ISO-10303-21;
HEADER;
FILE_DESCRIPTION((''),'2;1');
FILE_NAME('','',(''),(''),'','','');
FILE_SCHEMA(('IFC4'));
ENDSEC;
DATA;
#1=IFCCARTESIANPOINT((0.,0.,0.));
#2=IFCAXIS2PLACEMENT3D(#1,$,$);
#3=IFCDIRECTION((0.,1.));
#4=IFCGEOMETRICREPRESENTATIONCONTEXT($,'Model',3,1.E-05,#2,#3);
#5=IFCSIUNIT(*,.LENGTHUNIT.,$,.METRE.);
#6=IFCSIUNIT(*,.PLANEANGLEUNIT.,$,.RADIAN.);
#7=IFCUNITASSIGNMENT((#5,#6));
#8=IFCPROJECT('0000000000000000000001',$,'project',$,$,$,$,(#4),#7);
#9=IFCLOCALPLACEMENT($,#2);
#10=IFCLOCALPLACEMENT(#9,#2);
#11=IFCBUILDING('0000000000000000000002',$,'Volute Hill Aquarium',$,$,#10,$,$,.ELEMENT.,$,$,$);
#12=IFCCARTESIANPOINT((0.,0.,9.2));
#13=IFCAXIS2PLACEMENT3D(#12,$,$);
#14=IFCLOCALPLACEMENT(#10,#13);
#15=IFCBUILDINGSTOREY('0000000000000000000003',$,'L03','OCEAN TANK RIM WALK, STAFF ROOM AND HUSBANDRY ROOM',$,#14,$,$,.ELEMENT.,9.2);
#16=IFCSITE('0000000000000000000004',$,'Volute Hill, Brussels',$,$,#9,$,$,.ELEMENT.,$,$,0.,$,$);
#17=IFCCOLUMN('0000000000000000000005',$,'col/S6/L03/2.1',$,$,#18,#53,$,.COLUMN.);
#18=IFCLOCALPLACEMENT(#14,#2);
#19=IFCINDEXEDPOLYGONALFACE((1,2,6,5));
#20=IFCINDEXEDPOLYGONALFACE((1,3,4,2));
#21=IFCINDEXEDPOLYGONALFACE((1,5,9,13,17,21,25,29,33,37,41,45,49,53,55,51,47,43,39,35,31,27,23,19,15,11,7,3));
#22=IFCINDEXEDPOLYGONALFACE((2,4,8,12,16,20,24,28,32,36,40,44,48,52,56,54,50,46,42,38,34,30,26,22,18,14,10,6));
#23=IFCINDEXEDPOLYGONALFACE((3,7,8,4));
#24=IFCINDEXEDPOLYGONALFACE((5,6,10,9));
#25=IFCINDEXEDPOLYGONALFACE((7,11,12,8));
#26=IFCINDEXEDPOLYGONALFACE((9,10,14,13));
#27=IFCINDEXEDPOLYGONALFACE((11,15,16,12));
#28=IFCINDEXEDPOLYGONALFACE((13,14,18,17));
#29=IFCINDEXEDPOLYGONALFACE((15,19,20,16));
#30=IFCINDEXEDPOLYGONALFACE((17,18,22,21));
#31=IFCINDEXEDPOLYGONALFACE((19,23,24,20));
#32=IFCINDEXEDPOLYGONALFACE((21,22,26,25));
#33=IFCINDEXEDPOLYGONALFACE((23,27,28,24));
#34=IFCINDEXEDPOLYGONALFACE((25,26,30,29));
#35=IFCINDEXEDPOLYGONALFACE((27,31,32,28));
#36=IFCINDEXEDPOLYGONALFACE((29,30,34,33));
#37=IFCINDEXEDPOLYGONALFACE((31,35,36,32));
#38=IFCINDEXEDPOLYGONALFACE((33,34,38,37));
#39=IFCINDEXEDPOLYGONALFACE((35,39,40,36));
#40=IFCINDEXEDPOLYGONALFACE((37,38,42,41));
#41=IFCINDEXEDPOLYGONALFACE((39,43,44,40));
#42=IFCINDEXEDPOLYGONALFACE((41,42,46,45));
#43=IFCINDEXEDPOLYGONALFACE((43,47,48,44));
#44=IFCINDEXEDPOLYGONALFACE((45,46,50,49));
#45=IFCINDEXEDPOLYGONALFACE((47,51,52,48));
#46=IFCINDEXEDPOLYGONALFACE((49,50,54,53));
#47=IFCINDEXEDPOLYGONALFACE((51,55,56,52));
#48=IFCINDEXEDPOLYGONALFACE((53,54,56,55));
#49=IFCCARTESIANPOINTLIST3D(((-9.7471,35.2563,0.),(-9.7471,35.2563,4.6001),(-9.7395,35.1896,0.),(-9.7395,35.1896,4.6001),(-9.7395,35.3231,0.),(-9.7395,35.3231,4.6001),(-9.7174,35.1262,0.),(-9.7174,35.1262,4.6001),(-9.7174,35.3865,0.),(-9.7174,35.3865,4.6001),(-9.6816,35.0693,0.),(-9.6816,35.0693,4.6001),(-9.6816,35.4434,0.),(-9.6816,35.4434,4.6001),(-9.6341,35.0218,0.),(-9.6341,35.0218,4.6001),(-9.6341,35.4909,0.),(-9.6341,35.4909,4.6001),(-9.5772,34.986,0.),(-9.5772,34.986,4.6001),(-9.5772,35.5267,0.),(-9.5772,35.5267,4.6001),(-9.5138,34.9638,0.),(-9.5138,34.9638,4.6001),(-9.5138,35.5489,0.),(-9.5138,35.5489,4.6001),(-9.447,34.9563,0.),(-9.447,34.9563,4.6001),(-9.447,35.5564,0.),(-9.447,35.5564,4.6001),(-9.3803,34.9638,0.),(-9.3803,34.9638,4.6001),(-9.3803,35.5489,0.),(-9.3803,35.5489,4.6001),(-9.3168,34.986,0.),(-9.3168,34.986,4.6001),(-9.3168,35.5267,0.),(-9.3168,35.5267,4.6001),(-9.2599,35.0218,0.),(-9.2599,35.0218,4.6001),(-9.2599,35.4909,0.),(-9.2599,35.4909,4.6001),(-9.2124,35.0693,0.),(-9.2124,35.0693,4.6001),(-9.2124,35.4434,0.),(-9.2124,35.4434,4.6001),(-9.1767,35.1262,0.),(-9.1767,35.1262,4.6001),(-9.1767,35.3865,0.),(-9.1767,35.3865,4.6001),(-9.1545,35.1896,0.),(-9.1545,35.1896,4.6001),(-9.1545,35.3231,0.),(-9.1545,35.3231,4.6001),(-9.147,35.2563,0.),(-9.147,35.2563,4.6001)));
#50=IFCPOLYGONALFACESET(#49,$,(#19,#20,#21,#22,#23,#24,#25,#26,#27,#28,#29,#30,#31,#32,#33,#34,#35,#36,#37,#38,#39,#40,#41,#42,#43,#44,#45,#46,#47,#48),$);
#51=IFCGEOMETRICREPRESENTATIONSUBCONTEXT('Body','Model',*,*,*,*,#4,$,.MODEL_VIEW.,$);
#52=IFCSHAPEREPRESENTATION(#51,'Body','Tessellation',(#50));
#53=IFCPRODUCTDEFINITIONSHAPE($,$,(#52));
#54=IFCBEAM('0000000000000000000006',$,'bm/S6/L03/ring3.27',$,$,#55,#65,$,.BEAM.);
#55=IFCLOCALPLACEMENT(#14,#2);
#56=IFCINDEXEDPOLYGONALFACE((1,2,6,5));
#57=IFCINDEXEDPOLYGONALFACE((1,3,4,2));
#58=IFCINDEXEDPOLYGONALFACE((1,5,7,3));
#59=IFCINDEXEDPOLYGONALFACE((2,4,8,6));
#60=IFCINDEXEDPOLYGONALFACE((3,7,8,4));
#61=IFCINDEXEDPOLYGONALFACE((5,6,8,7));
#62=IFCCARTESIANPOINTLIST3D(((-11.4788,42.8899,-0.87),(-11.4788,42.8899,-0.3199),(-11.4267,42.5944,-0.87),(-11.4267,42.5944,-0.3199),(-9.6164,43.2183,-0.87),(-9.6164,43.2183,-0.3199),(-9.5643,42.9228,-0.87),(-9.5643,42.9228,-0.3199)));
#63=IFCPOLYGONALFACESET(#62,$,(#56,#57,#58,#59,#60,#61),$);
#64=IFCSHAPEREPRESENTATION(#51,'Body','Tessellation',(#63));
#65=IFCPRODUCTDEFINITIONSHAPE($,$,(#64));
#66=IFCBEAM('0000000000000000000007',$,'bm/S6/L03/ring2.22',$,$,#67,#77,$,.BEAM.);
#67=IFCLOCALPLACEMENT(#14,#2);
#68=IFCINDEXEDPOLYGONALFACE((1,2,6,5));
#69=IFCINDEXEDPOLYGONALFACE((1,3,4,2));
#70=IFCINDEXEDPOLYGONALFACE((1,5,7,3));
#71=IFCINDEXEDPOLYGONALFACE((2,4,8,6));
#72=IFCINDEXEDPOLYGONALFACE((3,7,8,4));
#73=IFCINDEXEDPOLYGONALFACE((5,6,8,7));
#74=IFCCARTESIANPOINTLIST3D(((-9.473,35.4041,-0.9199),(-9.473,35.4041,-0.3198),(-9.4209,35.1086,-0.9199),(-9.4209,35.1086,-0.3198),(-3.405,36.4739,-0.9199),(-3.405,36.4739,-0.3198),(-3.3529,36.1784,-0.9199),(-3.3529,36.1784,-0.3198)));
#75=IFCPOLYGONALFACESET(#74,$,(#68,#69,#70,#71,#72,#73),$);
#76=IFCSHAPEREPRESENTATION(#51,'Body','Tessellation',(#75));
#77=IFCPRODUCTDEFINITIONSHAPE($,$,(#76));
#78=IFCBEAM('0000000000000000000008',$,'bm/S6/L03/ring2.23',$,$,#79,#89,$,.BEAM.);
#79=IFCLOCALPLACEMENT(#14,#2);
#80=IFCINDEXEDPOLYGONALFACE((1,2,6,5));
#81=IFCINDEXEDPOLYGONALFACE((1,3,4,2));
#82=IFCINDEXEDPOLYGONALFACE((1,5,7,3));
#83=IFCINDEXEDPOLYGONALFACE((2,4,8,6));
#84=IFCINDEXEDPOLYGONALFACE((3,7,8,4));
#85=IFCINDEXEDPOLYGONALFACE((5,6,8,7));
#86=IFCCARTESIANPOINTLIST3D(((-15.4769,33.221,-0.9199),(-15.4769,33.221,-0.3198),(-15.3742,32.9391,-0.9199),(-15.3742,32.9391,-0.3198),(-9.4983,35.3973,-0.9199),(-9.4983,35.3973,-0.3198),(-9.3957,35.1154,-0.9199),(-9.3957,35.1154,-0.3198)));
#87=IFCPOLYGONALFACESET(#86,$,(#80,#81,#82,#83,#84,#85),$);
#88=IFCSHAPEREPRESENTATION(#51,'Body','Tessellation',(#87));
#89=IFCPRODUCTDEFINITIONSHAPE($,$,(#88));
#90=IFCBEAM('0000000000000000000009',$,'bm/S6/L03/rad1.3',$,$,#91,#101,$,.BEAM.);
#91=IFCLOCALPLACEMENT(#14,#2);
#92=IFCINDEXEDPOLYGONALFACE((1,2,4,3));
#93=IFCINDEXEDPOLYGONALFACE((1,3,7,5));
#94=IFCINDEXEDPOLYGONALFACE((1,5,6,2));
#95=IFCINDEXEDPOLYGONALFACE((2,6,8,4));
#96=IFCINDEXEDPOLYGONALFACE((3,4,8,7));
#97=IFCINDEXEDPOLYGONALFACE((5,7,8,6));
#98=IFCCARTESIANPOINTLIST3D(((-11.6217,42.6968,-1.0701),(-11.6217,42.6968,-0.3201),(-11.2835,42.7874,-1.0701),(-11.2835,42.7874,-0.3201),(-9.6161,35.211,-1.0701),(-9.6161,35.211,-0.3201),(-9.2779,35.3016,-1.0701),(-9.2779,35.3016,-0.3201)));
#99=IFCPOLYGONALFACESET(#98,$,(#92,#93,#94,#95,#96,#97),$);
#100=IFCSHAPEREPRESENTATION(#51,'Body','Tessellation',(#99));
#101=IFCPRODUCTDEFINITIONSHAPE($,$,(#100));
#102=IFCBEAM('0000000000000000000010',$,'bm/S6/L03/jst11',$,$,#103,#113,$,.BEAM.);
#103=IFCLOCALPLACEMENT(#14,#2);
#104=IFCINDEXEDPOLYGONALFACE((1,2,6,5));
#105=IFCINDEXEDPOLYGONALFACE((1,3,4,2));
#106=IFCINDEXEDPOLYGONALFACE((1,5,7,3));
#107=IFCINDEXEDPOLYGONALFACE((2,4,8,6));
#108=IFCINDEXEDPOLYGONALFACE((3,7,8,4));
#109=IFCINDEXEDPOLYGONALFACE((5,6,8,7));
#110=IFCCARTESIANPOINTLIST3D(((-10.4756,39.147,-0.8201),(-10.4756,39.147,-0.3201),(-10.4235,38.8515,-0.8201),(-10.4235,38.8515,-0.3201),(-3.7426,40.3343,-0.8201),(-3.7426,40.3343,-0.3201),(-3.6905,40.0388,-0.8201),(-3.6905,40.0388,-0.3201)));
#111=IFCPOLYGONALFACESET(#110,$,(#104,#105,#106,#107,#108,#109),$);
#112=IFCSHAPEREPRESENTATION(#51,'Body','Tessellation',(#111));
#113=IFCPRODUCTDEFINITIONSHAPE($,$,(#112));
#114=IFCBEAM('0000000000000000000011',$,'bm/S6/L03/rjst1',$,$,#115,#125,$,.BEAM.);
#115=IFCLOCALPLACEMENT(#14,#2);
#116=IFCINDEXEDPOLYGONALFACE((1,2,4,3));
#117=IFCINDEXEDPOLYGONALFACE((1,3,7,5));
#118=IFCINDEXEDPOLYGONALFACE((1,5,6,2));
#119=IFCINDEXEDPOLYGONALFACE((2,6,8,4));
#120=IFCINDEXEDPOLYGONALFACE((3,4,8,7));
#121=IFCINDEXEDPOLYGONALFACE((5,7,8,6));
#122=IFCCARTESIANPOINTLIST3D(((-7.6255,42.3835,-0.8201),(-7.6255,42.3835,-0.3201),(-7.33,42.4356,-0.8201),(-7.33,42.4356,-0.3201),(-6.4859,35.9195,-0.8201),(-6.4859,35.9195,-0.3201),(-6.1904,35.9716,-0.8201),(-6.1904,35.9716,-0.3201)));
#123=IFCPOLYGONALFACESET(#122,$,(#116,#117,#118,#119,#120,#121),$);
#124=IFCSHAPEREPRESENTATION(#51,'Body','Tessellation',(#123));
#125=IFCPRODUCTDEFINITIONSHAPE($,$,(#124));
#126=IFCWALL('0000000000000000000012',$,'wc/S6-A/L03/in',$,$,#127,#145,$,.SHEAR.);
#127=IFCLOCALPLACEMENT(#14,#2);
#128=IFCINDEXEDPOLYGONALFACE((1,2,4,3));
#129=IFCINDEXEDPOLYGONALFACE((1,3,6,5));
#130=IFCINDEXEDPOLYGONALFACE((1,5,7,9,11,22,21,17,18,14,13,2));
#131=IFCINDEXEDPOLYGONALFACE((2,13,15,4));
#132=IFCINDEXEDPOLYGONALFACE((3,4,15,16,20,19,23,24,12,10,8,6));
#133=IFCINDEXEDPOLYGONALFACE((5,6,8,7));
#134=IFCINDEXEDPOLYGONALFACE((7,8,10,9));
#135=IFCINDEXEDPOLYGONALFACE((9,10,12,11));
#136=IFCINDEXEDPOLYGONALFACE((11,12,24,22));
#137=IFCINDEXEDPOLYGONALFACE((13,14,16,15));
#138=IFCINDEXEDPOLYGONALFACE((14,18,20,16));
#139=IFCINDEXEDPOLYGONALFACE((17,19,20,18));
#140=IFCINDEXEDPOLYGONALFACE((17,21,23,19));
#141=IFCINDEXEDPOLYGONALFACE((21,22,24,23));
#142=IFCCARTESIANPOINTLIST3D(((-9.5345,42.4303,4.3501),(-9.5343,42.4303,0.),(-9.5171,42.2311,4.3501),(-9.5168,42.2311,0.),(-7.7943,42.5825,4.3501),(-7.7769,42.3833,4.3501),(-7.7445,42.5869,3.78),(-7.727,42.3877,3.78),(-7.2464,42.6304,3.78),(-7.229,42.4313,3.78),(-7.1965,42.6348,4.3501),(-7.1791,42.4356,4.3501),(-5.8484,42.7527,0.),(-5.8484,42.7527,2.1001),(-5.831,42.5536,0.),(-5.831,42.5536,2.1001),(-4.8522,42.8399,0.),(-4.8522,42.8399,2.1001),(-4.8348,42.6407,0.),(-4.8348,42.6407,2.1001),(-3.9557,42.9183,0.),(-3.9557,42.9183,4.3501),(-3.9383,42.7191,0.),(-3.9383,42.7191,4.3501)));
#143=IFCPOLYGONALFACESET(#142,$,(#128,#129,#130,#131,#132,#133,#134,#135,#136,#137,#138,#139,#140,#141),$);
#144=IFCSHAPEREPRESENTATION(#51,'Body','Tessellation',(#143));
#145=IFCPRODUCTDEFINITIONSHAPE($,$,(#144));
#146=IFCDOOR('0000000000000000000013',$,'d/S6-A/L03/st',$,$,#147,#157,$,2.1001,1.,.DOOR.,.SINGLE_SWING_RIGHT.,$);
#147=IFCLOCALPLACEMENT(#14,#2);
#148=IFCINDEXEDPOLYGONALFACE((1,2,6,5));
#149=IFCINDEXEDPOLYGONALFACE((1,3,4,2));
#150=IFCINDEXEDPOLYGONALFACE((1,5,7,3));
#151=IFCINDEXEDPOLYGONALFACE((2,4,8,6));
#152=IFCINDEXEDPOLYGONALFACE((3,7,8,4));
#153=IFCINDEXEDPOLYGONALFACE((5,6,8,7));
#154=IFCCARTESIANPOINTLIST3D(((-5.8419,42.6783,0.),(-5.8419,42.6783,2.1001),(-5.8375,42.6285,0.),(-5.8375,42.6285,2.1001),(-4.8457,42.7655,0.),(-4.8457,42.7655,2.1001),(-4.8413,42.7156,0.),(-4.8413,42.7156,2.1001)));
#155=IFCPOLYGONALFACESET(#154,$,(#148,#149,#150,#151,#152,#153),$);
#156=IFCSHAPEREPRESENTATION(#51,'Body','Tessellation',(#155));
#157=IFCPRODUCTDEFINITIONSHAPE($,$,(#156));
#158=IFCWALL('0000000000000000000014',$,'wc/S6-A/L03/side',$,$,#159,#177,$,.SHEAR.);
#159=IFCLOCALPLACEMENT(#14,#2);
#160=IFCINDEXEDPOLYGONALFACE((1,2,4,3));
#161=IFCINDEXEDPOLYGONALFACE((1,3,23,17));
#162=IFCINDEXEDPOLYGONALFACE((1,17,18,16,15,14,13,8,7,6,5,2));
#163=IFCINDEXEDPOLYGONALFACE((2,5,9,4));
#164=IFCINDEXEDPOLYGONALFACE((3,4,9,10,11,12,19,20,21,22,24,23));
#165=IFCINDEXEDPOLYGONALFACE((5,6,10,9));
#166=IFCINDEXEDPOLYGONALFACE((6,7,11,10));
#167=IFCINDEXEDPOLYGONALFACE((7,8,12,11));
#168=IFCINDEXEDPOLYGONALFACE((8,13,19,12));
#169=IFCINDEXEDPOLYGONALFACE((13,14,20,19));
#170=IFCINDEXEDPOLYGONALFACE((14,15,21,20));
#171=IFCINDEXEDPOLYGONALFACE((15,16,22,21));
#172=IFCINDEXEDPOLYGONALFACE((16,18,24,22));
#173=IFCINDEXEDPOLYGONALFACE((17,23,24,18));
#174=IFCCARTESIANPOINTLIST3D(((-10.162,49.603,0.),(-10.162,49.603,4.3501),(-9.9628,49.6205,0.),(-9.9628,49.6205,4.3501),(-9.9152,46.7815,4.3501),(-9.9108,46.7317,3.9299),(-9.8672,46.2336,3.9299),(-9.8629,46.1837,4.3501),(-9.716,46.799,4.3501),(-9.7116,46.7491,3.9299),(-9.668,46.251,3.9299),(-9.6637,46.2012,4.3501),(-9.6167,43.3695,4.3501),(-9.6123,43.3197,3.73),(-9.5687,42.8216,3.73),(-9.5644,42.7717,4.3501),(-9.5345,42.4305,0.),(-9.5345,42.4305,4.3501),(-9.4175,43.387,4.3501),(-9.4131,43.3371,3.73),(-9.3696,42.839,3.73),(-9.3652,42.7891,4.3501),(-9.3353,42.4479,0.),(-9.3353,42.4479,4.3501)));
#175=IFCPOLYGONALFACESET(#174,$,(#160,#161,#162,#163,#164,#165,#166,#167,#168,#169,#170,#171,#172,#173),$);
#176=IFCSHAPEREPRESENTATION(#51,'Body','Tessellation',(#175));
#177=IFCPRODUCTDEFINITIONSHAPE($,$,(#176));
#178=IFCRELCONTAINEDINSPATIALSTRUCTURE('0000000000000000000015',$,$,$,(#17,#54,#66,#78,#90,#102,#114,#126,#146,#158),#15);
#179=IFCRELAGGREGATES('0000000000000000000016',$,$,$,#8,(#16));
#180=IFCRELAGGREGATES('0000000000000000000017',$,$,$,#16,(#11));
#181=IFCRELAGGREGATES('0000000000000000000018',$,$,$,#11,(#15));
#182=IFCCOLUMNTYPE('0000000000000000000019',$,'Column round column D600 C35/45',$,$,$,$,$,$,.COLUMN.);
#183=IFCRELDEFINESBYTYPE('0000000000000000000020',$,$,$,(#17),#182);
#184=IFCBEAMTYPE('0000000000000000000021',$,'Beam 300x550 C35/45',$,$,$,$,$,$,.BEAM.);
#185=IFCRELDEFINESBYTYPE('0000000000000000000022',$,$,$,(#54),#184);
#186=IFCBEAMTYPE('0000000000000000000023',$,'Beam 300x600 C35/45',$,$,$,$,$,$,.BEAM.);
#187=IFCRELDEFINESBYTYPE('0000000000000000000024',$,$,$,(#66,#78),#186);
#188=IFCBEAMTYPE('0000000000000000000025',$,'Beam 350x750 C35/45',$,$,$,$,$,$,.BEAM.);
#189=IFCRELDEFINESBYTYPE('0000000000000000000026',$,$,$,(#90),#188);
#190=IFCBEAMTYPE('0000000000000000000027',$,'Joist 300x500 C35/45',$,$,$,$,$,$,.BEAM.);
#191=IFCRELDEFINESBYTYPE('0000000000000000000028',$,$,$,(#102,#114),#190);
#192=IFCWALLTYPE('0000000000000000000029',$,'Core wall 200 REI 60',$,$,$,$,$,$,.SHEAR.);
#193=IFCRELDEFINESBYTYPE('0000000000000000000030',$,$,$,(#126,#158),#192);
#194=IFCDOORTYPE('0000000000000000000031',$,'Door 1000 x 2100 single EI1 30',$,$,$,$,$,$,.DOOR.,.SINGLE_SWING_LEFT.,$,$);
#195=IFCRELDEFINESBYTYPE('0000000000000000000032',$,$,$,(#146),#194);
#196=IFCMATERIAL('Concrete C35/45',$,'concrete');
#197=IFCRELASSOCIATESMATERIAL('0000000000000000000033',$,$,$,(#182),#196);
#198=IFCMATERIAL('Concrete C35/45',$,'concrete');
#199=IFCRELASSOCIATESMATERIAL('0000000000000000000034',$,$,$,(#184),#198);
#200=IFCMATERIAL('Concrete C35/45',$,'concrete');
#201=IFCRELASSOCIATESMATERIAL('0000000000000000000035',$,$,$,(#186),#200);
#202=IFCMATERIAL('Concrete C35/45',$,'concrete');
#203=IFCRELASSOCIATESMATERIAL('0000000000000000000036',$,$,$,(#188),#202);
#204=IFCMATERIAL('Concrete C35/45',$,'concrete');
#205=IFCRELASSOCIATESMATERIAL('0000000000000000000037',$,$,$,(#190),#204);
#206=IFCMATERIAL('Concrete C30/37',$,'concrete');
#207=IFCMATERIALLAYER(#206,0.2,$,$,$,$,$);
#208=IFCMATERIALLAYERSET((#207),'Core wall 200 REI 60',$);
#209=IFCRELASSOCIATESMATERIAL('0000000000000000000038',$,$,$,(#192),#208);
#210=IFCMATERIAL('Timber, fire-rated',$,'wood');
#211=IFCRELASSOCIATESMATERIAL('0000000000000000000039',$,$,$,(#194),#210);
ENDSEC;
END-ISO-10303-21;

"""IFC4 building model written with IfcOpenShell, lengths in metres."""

from ifc_helpers import new_model, si_unit, direction, frame, frame_2d, origin, origin_2d, place, context, subcontext, project, spatial, polyline, rectangle, circle, outline, extrude, material, layer, layer_set, material_profile, profile_set, type_object, element, fill, save


model = new_model("IFC4")

# Units and contexts
model_context = context("Model", 3, precision=1e-05, world=origin(), true_north=direction((0.0, 1.0)))
body_context = subcontext(model_context, "Body", "Model", "MODEL_VIEW")
ifc_project = project(units=[si_unit("LENGTHUNIT", "METRE"), si_unit("PLANEANGLEUNIT", "RADIAN")], contexts=[model_context])

# Site, building, storey
site_placement = place(None, origin())
site = spatial("IfcSite", under=ifc_project, at=site_placement, Name="Volute Hill, Brussels", CompositionType="ELEMENT", RefElevation=0.0)
building_placement = place(site_placement, origin())
building = spatial("IfcBuilding", under=site, at=building_placement, Name="Volute Hill Aquarium", CompositionType="ELEMENT")
storey_placement = place(building_placement, frame((0.0, 0.0, 9.2)))
storey = spatial("IfcBuildingStorey", under=building, at=storey_placement, Name="L03", Description="OCEAN TANK RIM WALK, STAFF ROOM AND HUSBANDRY ROOM", CompositionType="ELEMENT", Elevation=9.2)

# Column
ifc_material_1 = material(Name="Concrete C35/45", Category="concrete")
ifc_material_profile_1 = material_profile(ifc_material_1, circle(Radius=0.3, at=origin_2d()), Name="RC round column D600")
ifc_profile_set_1 = profile_set([ifc_material_profile_1], Name="Concrete C35/45")
column_type = type_object("IfcColumnType", Name="Column round column D600 C35/45", PredefinedType="COLUMN", material=ifc_profile_set_1)
column_placement = place(storey_placement, frame((-9.447, 35.2563, 0.0), z_axis=(0.0, 0.0, 1.0), x_axis=(1.0, 0.0, 0.0)))
element("IfcColumn", 1, at=column_placement, inside=storey, type_object=column_type, Name="col/S6/L03/2.1", PredefinedType="COLUMN", context=body_context, shape_type="SweptSolid", body=[
    extrude(circle(Radius=0.3, at=origin_2d()), origin(), (0.0, 0.0, 1.0), 4.6001),
])

# Beams
ifc_material_2 = material(Name="Concrete C35/45", Category="concrete")
ifc_material_profile_2 = material_profile(ifc_material_2, rectangle(XDim=0.3, YDim=0.55, at=origin_2d()), Name="RC beam 300x550")
ifc_profile_set_2 = profile_set([ifc_material_profile_2], Name="Concrete C35/45")
beam_type_1 = type_object("IfcBeamType", Name="Beam 300x550 C35/45", PredefinedType="BEAM", material=ifc_profile_set_2)
beam_1_placement = place(storey_placement, frame((-9.5903, 43.0706, -0.595), z_axis=(-0.984808, -0.173645, 0.0), x_axis=(0.173645, -0.984808, 0.0)))
element("IfcBeam", 2, at=beam_1_placement, inside=storey, type_object=beam_type_1, Name="bm/S6/L03/ring3.27", PredefinedType="BEAM", context=body_context, shape_type="SweptSolid", body=[
    extrude(rectangle(XDim=0.3, YDim=0.55, at=origin_2d()), origin(), (0.0, 0.0, 1.0), 1.8911),
])
ifc_material_3 = material(Name="Concrete C35/45", Category="concrete")
ifc_material_profile_3 = material_profile(ifc_material_3, rectangle(XDim=0.3, YDim=0.6001, at=origin_2d()), Name="RC beam 300x600")
ifc_profile_set_3 = profile_set([ifc_material_profile_3], Name="Concrete C35/45")
beam_type_2 = type_object("IfcBeamType", Name="Beam 300x600 C35/45", PredefinedType="BEAM", material=ifc_profile_set_3)
beam_2_placement = place(storey_placement, frame((-3.3789, 36.3262, -0.6199), z_axis=(-0.984812, -0.173625, 0.0), x_axis=(0.173625, -0.984812, 0.0)))
element("IfcBeam", 3, at=beam_2_placement, inside=storey, type_object=beam_type_2, Name="bm/S6/L03/ring2.22", PredefinedType="BEAM", context=body_context, shape_type="SweptSolid", body=[
    extrude(rectangle(XDim=0.3, YDim=0.6001, at=origin_2d()), origin(), (0.0, 0.0, 1.0), 6.1616),
])
beam_3_placement = place(storey_placement, frame((-9.447, 35.2563, -0.6199), z_axis=(-0.939679, -0.342057, 0.0), x_axis=(0.342057, -0.939679, 0.0)))
element("IfcBeam", 4, at=beam_3_placement, inside=storey, type_object=beam_type_2, Name="bm/S6/L03/ring2.23", PredefinedType="BEAM", context=body_context, shape_type="SweptSolid", body=[
    extrude(rectangle(XDim=0.3, YDim=0.6001, at=origin_2d()), origin(), (0.0, 0.0, 1.0), 6.3623),
])
ifc_material_4 = material(Name="Concrete C35/45", Category="concrete")
ifc_material_profile_4 = material_profile(ifc_material_4, rectangle(XDim=0.3501, YDim=0.75, at=origin_2d()), Name="RC beam 350x750")
ifc_profile_set_4 = profile_set([ifc_material_profile_4], Name="Concrete C35/45")
beam_type_3 = type_object("IfcBeamType", Name="Beam 350x750 C35/45", PredefinedType="BEAM", material=ifc_profile_set_4)
beam_4_placement = place(storey_placement, frame((-9.447, 35.2563, -0.6951), z_axis=(-0.258794, 0.965933, 0.0), x_axis=(-0.965933, -0.258794, 0.0)))
element("IfcBeam", 5, at=beam_4_placement, inside=storey, type_object=beam_type_3, Name="bm/S6/L03/rad1.3", PredefinedType="BEAM", context=body_context, shape_type="SweptSolid", body=[
    extrude(rectangle(XDim=0.3501, YDim=0.75, at=origin_2d()), origin(), (0.0, 0.0, 1.0), 7.7498),
])
ifc_material_5 = material(Name="Concrete C35/45", Category="concrete")
ifc_material_profile_5 = material_profile(ifc_material_5, rectangle(XDim=0.3, YDim=0.5, at=origin_2d()), Name="RC joist 300x500")
ifc_profile_set_5 = profile_set([ifc_material_profile_5], Name="Concrete C35/45")
beam_type_4 = type_object("IfcBeamType", Name="Joist 300x500 C35/45", PredefinedType="BEAM", material=ifc_profile_set_5)
beam_5_placement = place(storey_placement, frame((-3.7166, 40.1865, -0.5701), z_axis=(-0.984807, -0.173651, 0.0), x_axis=(0.173651, -0.984807, 0.0)))
element("IfcBeam", 6, at=beam_5_placement, inside=storey, type_object=beam_type_4, Name="bm/S6/L03/jst11", PredefinedType="BEAM", context=body_context, shape_type="SweptSolid", body=[
    extrude(rectangle(XDim=0.3, YDim=0.5, at=origin_2d()), origin(), (0.0, 0.0, 1.0), 6.8369),
])
beam_6_placement = place(storey_placement, frame((-6.3381, 35.9456, -0.5701), z_axis=(-0.173626, 0.984812, 0.0), x_axis=(-0.984812, -0.173626, 0.0)))
element("IfcBeam", 7, at=beam_6_placement, inside=storey, type_object=beam_type_4, Name="bm/S6/L03/rjst1", PredefinedType="BEAM", context=body_context, shape_type="SweptSolid", body=[
    extrude(rectangle(XDim=0.3, YDim=0.5, at=origin_2d()), origin(), (0.0, 0.0, 1.0), 6.5637),
])

# Wall, opening, door
ifc_material_6 = material(Name="Concrete C30/37", Category="concrete")
ifc_layer_1 = layer(ifc_material_6, 0.2)
ifc_layer_set_1 = layer_set([ifc_layer_1], Name="Core wall 200 REI 60")
wall_type_1 = type_object("IfcWallType", Name="Core wall 200 REI 60", PredefinedType="SHEAR", material=ifc_layer_set_1)
wall_1_placement = place(storey_placement, frame((-3.947, 42.8188, 0.0), z_axis=(0.0, 0.0, 1.0), x_axis=(-0.996195, -0.087151, 0.0)))
wall_1 = element("IfcWall", 8, at=wall_1_placement, inside=storey, type_object=wall_type_1, Name="wc/S6-A/L03/in", PredefinedType="SHEAR", context=body_context, shape_type="SweptSolid", body=[
    extrude(outline(polyline([(0.0, 0.0), (5.5999, 0.0), (5.6001, 4.3501), (3.8533, 4.3501), (3.8032, 3.78), (3.3032, 3.78), (3.2532, 4.3501), (0.0, 4.3501), (0.0, 0.0)])), frame((0.0, 0.1001, 0.0), z_axis=(0.0, -1.0, 0.0), x_axis=(1.0, 0.0, 0.0)), (0.0, 0.0, 1.0), 0.2),
])
opening_1_placement = place(wall_1_placement, frame((0.8999, 0.0, 0.0)))
opening_1 = element("IfcOpeningElement", 9, at=opening_1_placement, cuts=wall_1, PredefinedType="OPENING", context=body_context, shape_type="SweptSolid", body=[
    extrude(rectangle(XDim=1.0, YDim=2.1001, at=frame_2d((0.5, 1.05))), frame((0.0, 0.1099, 0.0), z_axis=(0.0, -1.0, 0.0), x_axis=(1.0, 0.0, 0.0)), (0.0, 0.0, 1.0), 0.22),
])
ifc_material_7 = material(Name="Timber, fire-rated", Category="wood")
door_type = type_object("IfcDoorType", Name="Door 1000 x 2100 single EI1 30", OperationType="SINGLE_SWING_LEFT", PredefinedType="DOOR", material=ifc_material_7)
door_1_placement = place(opening_1_placement, origin())
door_1 = element("IfcDoor", 10, at=door_1_placement, inside=storey, type_object=door_type, Name="d/S6-A/L03/st", OperationType="SINGLE_SWING_RIGHT", OverallHeight=2.1001, OverallWidth=1.0, PredefinedType="DOOR", context=body_context, shape_type="SweptSolid", body=[
    extrude(rectangle(XDim=1.0, YDim=2.1001, at=frame_2d((0.5, 1.05))), frame((0.0, 0.0249, 0.0), z_axis=(0.0, -1.0, 0.0), x_axis=(1.0, 0.0, 0.0)), (0.0, 0.0, 1.0), 0.05),
])
fill(opening_1, door_1)

# Wall
wall_2_placement = place(storey_placement, frame((-9.4348, 42.4392, 0.0), z_axis=(0.0, 0.0, 1.0), x_axis=(-0.087145, 0.996196, 0.0)))
element("IfcWall", 11, at=wall_2_placement, inside=storey, type_object=wall_type_1, Name="wc/S6-A/L03/side", PredefinedType="SHEAR", context=body_context, shape_type="SweptSolid", body=[
    extrude(outline(polyline([(0.0, 0.0), (7.2, 0.0), (7.2, 4.3501), (4.3677, 4.3501), (4.3176, 3.9299), (3.8176, 3.9299), (3.7676, 4.3501), (0.9426, 4.3501), (0.8926, 3.73), (0.3926, 3.73), (0.3425, 4.3501), (0.0, 4.3501), (0.0, 0.0)])), frame((0.0, 0.1001, 0.0), z_axis=(0.0, -1.0, 0.0), x_axis=(1.0, 0.0, 0.0)), (0.0, 0.0, 1.0), 0.2),
])

save(model, "model.ifc")
